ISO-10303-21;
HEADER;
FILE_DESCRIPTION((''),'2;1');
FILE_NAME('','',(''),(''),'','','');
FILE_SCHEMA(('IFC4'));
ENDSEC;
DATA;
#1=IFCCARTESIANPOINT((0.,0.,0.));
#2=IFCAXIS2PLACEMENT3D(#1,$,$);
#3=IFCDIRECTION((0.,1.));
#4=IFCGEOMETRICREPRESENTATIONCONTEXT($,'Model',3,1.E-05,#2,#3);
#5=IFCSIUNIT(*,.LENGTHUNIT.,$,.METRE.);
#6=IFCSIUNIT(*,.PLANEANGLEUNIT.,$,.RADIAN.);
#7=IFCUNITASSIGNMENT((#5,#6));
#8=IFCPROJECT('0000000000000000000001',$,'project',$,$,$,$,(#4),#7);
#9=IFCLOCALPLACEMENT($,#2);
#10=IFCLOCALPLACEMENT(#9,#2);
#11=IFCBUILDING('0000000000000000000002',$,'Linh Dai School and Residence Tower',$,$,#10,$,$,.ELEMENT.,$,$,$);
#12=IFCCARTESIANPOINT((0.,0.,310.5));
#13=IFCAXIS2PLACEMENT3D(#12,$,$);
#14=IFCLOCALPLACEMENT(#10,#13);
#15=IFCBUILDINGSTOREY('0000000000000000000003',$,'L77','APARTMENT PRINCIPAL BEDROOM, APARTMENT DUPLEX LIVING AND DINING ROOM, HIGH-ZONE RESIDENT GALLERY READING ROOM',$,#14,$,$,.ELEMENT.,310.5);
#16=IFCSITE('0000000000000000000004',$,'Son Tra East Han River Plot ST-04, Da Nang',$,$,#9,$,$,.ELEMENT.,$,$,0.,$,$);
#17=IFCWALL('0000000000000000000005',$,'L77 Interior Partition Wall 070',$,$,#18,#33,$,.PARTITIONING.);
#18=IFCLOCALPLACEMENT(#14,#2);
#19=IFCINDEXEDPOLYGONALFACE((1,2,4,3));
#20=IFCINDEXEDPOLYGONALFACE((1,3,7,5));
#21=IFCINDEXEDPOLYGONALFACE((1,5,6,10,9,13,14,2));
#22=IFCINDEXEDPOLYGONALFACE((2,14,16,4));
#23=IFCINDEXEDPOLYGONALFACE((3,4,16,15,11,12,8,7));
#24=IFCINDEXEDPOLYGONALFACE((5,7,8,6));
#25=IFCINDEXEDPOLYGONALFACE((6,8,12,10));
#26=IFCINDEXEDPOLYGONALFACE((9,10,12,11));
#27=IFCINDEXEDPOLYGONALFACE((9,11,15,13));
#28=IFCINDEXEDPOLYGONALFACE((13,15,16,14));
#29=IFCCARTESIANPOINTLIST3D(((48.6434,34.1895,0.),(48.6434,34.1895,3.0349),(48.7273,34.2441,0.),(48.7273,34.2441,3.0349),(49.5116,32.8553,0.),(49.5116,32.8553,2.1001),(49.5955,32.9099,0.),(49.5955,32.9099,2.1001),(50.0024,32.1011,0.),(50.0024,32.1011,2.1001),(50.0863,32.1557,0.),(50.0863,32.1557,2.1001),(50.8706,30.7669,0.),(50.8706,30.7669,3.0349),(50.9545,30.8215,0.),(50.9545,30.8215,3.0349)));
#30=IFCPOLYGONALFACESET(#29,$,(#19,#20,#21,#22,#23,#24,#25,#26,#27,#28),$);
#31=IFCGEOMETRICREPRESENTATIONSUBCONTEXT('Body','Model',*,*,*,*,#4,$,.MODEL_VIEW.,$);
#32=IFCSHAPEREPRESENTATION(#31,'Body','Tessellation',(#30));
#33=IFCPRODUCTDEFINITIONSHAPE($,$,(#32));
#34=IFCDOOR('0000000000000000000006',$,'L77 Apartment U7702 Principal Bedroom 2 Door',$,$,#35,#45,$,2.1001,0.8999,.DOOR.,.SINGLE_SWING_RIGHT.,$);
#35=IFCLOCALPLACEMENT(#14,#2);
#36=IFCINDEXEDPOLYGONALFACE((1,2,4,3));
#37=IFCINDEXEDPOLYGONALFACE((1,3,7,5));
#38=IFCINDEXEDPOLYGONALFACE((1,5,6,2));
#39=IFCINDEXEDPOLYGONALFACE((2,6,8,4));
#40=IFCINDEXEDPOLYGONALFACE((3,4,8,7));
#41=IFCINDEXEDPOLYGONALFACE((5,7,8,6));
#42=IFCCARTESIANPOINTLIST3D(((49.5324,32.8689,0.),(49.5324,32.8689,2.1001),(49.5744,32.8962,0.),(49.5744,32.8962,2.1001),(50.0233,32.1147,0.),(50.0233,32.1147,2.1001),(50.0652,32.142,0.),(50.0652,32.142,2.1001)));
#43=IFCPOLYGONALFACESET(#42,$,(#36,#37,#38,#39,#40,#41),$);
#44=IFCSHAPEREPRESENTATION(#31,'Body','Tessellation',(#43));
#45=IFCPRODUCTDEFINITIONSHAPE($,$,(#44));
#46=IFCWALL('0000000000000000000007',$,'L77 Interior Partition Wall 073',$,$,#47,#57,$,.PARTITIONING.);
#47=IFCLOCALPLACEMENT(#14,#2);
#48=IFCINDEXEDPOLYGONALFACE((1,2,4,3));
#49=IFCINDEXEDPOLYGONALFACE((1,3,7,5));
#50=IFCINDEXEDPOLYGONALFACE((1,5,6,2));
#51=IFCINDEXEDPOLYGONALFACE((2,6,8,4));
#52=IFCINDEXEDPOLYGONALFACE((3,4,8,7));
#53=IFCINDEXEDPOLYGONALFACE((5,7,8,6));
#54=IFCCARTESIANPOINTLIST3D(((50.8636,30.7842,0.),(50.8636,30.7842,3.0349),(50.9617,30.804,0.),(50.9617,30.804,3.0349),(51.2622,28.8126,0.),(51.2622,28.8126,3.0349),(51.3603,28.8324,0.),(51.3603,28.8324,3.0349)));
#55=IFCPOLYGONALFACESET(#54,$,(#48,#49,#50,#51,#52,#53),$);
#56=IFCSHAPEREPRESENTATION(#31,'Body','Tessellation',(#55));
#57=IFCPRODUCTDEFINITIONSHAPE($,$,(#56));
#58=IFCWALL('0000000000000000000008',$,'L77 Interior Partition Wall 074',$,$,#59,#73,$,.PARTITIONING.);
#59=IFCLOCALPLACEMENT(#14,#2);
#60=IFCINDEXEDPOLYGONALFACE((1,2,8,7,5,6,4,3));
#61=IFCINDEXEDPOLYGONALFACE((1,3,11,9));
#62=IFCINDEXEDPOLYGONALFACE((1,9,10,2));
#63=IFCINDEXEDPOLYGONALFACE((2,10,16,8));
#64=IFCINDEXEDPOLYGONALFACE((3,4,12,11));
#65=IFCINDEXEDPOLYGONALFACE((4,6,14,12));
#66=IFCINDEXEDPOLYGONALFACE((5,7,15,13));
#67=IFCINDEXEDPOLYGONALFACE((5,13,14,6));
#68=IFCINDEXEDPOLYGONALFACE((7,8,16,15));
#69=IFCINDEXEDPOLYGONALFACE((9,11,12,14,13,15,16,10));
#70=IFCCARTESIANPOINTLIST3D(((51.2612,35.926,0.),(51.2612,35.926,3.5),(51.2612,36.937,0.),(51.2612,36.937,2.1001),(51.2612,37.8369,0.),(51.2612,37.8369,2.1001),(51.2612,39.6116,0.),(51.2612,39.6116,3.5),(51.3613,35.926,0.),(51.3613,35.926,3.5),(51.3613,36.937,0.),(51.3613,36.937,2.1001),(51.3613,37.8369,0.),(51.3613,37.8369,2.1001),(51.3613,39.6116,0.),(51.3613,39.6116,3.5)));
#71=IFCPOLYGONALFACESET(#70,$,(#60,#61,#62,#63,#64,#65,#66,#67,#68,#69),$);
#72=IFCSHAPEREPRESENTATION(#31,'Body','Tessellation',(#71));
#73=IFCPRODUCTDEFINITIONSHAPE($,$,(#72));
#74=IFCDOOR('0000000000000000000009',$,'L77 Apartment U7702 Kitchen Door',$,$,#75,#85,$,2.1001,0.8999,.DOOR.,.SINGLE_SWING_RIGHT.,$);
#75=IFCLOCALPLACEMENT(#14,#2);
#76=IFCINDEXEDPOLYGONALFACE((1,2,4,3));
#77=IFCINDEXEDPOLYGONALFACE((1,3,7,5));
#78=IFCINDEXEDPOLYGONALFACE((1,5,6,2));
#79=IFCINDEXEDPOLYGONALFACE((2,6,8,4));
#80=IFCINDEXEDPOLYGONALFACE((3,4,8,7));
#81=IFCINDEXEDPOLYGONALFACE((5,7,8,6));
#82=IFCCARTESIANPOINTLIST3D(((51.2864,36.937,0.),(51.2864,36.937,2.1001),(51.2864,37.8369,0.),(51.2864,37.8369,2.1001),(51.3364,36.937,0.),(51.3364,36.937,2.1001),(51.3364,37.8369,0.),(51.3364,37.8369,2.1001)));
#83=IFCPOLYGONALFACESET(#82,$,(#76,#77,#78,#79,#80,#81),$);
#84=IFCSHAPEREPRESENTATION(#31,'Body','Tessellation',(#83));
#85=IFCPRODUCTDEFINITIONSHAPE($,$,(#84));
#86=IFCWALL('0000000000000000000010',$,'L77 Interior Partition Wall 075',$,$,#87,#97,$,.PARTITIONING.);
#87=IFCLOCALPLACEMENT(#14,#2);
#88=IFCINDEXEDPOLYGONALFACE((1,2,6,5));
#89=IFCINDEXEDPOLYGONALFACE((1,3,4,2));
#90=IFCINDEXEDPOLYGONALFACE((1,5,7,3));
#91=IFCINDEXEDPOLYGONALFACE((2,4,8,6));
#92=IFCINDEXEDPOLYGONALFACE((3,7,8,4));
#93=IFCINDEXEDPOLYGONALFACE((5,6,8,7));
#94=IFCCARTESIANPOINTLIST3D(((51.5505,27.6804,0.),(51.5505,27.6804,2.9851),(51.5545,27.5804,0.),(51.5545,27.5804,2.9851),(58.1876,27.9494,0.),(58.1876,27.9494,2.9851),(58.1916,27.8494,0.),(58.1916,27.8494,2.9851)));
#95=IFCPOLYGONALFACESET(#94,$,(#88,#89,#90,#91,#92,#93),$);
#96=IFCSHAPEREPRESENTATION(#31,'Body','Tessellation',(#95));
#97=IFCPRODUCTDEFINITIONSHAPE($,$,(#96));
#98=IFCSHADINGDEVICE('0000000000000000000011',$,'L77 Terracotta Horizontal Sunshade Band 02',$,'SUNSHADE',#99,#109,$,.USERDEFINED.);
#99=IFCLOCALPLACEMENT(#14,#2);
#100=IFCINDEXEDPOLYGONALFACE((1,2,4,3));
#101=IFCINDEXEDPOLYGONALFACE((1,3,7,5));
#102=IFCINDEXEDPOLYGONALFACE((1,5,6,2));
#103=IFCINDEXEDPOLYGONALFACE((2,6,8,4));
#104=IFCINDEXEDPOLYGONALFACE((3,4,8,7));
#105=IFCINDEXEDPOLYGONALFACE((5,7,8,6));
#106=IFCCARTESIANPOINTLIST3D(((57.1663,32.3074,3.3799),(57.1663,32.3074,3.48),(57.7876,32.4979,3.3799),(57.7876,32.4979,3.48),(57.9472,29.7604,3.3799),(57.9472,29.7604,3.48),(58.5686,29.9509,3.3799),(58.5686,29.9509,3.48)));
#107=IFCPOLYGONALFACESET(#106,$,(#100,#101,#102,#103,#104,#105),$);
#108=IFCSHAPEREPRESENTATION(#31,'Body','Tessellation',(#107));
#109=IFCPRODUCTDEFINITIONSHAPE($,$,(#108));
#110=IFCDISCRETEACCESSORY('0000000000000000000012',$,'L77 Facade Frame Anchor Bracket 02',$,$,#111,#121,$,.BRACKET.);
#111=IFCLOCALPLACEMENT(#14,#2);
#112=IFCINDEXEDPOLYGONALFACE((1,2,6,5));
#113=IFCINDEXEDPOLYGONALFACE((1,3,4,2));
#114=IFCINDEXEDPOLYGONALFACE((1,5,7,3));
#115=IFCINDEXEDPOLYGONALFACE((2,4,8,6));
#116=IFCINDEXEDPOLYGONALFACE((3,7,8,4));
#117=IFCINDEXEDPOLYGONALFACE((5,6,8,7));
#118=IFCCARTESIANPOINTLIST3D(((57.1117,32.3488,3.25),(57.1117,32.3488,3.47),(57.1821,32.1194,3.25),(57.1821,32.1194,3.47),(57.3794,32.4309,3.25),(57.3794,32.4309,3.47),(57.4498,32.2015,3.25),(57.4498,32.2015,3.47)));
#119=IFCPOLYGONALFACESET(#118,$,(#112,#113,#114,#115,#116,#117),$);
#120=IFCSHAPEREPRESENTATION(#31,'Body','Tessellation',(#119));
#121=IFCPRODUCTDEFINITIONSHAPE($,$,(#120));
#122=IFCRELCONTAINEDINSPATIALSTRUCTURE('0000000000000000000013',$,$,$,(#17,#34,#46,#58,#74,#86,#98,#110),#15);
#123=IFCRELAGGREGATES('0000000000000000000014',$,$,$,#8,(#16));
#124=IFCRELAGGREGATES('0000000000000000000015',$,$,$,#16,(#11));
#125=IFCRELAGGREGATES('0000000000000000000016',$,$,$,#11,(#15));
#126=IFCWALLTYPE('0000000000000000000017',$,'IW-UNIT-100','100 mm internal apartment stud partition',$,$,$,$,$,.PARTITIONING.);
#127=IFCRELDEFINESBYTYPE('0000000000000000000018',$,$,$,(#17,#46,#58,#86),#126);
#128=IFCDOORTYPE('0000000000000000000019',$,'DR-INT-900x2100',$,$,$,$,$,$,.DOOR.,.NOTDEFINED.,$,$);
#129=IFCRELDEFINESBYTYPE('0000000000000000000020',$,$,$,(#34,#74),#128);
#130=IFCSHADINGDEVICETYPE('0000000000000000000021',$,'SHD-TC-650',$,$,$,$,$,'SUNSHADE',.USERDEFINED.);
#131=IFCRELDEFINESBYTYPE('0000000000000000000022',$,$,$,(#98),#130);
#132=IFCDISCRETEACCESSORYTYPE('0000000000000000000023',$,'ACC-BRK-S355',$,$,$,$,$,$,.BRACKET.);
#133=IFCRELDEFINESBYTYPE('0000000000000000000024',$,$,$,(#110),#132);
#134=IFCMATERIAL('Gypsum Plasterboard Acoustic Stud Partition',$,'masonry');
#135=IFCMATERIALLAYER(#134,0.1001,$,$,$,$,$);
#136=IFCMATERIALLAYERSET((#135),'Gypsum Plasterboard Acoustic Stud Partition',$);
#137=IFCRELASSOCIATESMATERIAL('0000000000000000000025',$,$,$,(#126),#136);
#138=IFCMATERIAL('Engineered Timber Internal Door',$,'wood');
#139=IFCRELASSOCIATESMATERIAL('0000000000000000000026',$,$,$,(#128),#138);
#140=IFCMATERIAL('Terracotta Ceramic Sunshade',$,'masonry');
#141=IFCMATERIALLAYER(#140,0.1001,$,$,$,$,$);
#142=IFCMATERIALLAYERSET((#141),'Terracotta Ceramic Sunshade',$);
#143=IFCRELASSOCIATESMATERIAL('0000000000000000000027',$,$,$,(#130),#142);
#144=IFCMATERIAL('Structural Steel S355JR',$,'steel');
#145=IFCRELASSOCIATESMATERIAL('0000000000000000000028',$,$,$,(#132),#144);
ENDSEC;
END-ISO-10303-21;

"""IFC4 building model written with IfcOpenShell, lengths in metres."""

from ifc_helpers import new_model, si_unit, direction, frame, frame_2d, origin, origin_2d, place, context, subcontext, project, spatial, rectangle, extrude, source, transform, mapped, material, layer, layer_set, type_object, element, fill, save


model = new_model("IFC4")

# Units and contexts
model_context = context("Model", 3, precision=1e-05, world=origin(), true_north=direction((0.0, 1.0)))
body_context = subcontext(model_context, "Body", "Model", "MODEL_VIEW")
ifc_project = project(units=[si_unit("LENGTHUNIT", "METRE"), si_unit("PLANEANGLEUNIT", "RADIAN")], contexts=[model_context])

# Site, building, storey
site_placement = place(None, origin())
site = spatial("IfcSite", under=ifc_project, at=site_placement, Name="Son Tra East Han River Plot ST-04, Da Nang", CompositionType="ELEMENT", RefElevation=0.0)
building_placement = place(site_placement, origin())
building = spatial("IfcBuilding", under=site, at=building_placement, Name="Linh Dai School and Residence Tower", CompositionType="ELEMENT")
storey_placement = place(building_placement, frame((0.0, 0.0, 310.5)))
storey = spatial("IfcBuildingStorey", under=building, at=storey_placement, Name="L77", Description="APARTMENT PRINCIPAL BEDROOM, APARTMENT DUPLEX LIVING AND DINING ROOM, HIGH-ZONE RESIDENT GALLERY READING ROOM", CompositionType="ELEMENT", Elevation=310.5)

# Shared definitions
ifc_material_1 = material(Name="Structural Steel S355JR", Category="steel")

# Shared definitions
ifc_material_2 = material(Name="Gypsum Plasterboard Acoustic Stud Partition", Category="masonry")
ifc_layer_1 = layer(ifc_material_2, 0.1001)
ifc_layer_set_1 = layer_set([ifc_layer_1], Name="Gypsum Plasterboard Acoustic Stud Partition")
wall_type_1 = type_object("IfcWallType", Name="IW-UNIT-100", Description="100 mm internal apartment stud partition", PredefinedType="PARTITIONING", material=ifc_layer_set_1)

# Wall, opening, door
wall_1_placement = place(storey_placement, frame((48.6853, 34.2168, 0.0), z_axis=(0.0, 0.0, 1.0), x_axis=(0.545436, -0.838153, 0.0)))
wall_1 = element("IfcWall", 1, at=wall_1_placement, inside=storey, type_object=wall_type_1, Name="L77 Interior Partition Wall 070", PredefinedType="PARTITIONING", context=body_context, shape_type="SweptSolid", body=[
    extrude(rectangle(XDim=4.0835, YDim=0.1001, at=frame_2d((2.0417, 0.0))), origin(), (0.0, 0.0, 1.0), 3.0349),
])
opening_1_placement = place(wall_1_placement, frame((1.5918, 0.0, 0.0)))
opening_1 = element("IfcOpeningElement", 2, at=opening_1_placement, cuts=wall_1, PredefinedType="OPENING", context=body_context, shape_type="SweptSolid", body=[
    extrude(rectangle(XDim=0.8999, YDim=2.1001, at=origin_2d()), frame((0.45, 0.0601, 1.05), z_axis=(0.0, -1.0, 0.0), x_axis=(1.0, 0.0, 0.0)), (0.0, 0.0, 1.0), 0.1201),
])
ifc_material_3 = material(Name="Engineered Timber Internal Door", Category="wood")
door_type = type_object("IfcDoorType", Name="DR-INT-900x2100", OperationType="NOTDEFINED", PredefinedType="DOOR", material=ifc_material_3)
shared_shape_1 = source(origin(), body_context, "Body", "SweptSolid", [
    extrude(rectangle(XDim=0.8999, YDim=2.1001, at=origin_2d()), frame((0.45, 0.0249, 1.05), z_axis=(0.0, -1.0, 0.0), x_axis=(1.0, 0.0, 0.0)), (0.0, 0.0, 1.0), 0.05),
])
door_1_placement = place(opening_1_placement, origin())
door_1 = element("IfcDoor", 3, at=door_1_placement, inside=storey, type_object=door_type, Name="L77 Apartment U7702 Principal Bedroom 2 Door", OperationType="SINGLE_SWING_RIGHT", OverallHeight=2.1001, OverallWidth=0.8999, PredefinedType="DOOR", context=body_context, shape_type="MappedRepresentation", body=[
    mapped(shared_shape_1, transform((0.0, 0.0, 0.0), x_axis=(1.0, 0.0, 0.0), y_axis=(0.0, 1.0, 0.0), z_axis=(0.0, 0.0, 1.0), scale=1.0)),
])
fill(opening_1, door_1)

# Wall
wall_2_placement = place(storey_placement, frame((50.9126, 30.7942, 0.0), z_axis=(0.0, 0.0, 1.0), x_axis=(0.198193, -0.980163, 0.0)))
element("IfcWall", 4, at=wall_2_placement, inside=storey, type_object=wall_type_1, Name="L77 Interior Partition Wall 073", PredefinedType="PARTITIONING", context=body_context, shape_type="SweptSolid", body=[
    extrude(rectangle(XDim=2.0115, YDim=0.1001, at=frame_2d((1.0059, 0.0))), origin(), (0.0, 0.0, 1.0), 3.0349),
])

# Wall, opening, door
wall_3_placement = place(storey_placement, frame((51.3113, 35.926, 0.0), z_axis=(0.0, 0.0, 1.0), x_axis=(0.0, 1.0, 0.0)))
wall_3 = element("IfcWall", 5, at=wall_3_placement, inside=storey, type_object=wall_type_1, Name="L77 Interior Partition Wall 074", PredefinedType="PARTITIONING", context=body_context, shape_type="SweptSolid", body=[
    extrude(rectangle(XDim=3.6855, YDim=0.1001, at=frame_2d((1.8428, 0.0))), origin(), (0.0, 0.0, 1.0), 3.5),
])
opening_2_placement = place(wall_3_placement, frame((1.011, 0.0, 0.0)))
opening_2 = element("IfcOpeningElement", 6, at=opening_2_placement, cuts=wall_3, PredefinedType="OPENING", context=body_context, shape_type="SweptSolid", body=[
    extrude(rectangle(XDim=0.8999, YDim=2.1001, at=origin_2d()), frame((0.45, 0.0601, 1.05), z_axis=(0.0, -1.0, 0.0), x_axis=(1.0, 0.0, 0.0)), (0.0, 0.0, 1.0), 0.1201),
])
door_2_placement = place(opening_2_placement, origin())
door_2 = element("IfcDoor", 7, at=door_2_placement, inside=storey, type_object=door_type, Name="L77 Apartment U7702 Kitchen Door", OperationType="SINGLE_SWING_RIGHT", OverallHeight=2.1001, OverallWidth=0.8999, PredefinedType="DOOR", context=body_context, shape_type="MappedRepresentation", body=[
    mapped(shared_shape_1, transform((0.0, 0.0, 0.0), x_axis=(1.0, 0.0, 0.0), y_axis=(0.0, 1.0, 0.0), z_axis=(0.0, 0.0, 1.0), scale=1.0)),
])
fill(opening_2, door_2)

# Wall
wall_4_placement = place(storey_placement, frame((51.5525, 27.6304, 0.0), z_axis=(0.0, 0.0, 1.0), x_axis=(0.999179, 0.040502, 0.0)))
element("IfcWall", 8, at=wall_4_placement, inside=storey, type_object=wall_type_1, Name="L77 Interior Partition Wall 075", PredefinedType="PARTITIONING", context=body_context, shape_type="SweptSolid", body=[
    extrude(rectangle(XDim=6.6426, YDim=0.1001, at=frame_2d((3.3213, 0.0))), origin(), (0.0, 0.0, 1.0), 2.9851),
])

# Shading device
ifc_material_4 = material(Name="Terracotta Ceramic Sunshade", Category="masonry")
ifc_layer_2 = layer(ifc_material_4, 0.1001)
ifc_layer_set_2 = layer_set([ifc_layer_2], Name="Terracotta Ceramic Sunshade")
shading_device_type = type_object("IfcShadingDeviceType", Name="SHD-TC-650", ElementType="SUNSHADE", PredefinedType="USERDEFINED", material=ifc_layer_set_2)
shared_shape_2 = source(origin(), body_context, "Body", "SweptSolid", [
    extrude(rectangle(XDim=2.6641, YDim=0.6499, at=origin_2d()), origin(), (0.0, 0.0, 1.0), 0.1001),
])
shading_device_placement = place(storey_placement, frame((57.8674, 31.1292, 3.3799), z_axis=(0.0, 0.0, 1.0), x_axis=(0.293141, -0.956069, 0.0)))
element("IfcShadingDevice", 9, at=shading_device_placement, inside=storey, type_object=shading_device_type, Name="L77 Terracotta Horizontal Sunshade Band 02", ObjectType="SUNSHADE", PredefinedType="USERDEFINED", context=body_context, shape_type="MappedRepresentation", body=[
    mapped(shared_shape_2, transform((0.0, 0.0, 0.0), x_axis=(1.0, 0.0, 0.0), y_axis=(0.0, 1.0, 0.0), z_axis=(0.0, 0.0, 1.0), scale=1.0)),
])

# Discrete accessory
discrete_accessory_type = type_object("IfcDiscreteAccessoryType", Name="ACC-BRK-S355", PredefinedType="BRACKET", material=ifc_material_1)
shared_shape_3 = source(origin(), body_context, "Body", "SweptSolid", [
    extrude(rectangle(XDim=0.28, YDim=0.24, at=origin_2d()), origin(), (0.0, 0.0, 1.0), 0.22),
])
discrete_accessory_placement = place(storey_placement, frame((57.2808, 32.2751, 3.25), z_axis=(0.0, 0.0, 1.0), x_axis=(0.956069, 0.293141, 0.0)))
element("IfcDiscreteAccessory", 10, at=discrete_accessory_placement, inside=storey, type_object=discrete_accessory_type, Name="L77 Facade Frame Anchor Bracket 02", PredefinedType="BRACKET", context=body_context, shape_type="MappedRepresentation", body=[
    mapped(shared_shape_3, transform((0.0, 0.0, 0.0), x_axis=(1.0, 0.0, 0.0), y_axis=(0.0, 1.0, 0.0), z_axis=(0.0, 0.0, 1.0), scale=1.0)),
])

save(model, "model.ifc")
